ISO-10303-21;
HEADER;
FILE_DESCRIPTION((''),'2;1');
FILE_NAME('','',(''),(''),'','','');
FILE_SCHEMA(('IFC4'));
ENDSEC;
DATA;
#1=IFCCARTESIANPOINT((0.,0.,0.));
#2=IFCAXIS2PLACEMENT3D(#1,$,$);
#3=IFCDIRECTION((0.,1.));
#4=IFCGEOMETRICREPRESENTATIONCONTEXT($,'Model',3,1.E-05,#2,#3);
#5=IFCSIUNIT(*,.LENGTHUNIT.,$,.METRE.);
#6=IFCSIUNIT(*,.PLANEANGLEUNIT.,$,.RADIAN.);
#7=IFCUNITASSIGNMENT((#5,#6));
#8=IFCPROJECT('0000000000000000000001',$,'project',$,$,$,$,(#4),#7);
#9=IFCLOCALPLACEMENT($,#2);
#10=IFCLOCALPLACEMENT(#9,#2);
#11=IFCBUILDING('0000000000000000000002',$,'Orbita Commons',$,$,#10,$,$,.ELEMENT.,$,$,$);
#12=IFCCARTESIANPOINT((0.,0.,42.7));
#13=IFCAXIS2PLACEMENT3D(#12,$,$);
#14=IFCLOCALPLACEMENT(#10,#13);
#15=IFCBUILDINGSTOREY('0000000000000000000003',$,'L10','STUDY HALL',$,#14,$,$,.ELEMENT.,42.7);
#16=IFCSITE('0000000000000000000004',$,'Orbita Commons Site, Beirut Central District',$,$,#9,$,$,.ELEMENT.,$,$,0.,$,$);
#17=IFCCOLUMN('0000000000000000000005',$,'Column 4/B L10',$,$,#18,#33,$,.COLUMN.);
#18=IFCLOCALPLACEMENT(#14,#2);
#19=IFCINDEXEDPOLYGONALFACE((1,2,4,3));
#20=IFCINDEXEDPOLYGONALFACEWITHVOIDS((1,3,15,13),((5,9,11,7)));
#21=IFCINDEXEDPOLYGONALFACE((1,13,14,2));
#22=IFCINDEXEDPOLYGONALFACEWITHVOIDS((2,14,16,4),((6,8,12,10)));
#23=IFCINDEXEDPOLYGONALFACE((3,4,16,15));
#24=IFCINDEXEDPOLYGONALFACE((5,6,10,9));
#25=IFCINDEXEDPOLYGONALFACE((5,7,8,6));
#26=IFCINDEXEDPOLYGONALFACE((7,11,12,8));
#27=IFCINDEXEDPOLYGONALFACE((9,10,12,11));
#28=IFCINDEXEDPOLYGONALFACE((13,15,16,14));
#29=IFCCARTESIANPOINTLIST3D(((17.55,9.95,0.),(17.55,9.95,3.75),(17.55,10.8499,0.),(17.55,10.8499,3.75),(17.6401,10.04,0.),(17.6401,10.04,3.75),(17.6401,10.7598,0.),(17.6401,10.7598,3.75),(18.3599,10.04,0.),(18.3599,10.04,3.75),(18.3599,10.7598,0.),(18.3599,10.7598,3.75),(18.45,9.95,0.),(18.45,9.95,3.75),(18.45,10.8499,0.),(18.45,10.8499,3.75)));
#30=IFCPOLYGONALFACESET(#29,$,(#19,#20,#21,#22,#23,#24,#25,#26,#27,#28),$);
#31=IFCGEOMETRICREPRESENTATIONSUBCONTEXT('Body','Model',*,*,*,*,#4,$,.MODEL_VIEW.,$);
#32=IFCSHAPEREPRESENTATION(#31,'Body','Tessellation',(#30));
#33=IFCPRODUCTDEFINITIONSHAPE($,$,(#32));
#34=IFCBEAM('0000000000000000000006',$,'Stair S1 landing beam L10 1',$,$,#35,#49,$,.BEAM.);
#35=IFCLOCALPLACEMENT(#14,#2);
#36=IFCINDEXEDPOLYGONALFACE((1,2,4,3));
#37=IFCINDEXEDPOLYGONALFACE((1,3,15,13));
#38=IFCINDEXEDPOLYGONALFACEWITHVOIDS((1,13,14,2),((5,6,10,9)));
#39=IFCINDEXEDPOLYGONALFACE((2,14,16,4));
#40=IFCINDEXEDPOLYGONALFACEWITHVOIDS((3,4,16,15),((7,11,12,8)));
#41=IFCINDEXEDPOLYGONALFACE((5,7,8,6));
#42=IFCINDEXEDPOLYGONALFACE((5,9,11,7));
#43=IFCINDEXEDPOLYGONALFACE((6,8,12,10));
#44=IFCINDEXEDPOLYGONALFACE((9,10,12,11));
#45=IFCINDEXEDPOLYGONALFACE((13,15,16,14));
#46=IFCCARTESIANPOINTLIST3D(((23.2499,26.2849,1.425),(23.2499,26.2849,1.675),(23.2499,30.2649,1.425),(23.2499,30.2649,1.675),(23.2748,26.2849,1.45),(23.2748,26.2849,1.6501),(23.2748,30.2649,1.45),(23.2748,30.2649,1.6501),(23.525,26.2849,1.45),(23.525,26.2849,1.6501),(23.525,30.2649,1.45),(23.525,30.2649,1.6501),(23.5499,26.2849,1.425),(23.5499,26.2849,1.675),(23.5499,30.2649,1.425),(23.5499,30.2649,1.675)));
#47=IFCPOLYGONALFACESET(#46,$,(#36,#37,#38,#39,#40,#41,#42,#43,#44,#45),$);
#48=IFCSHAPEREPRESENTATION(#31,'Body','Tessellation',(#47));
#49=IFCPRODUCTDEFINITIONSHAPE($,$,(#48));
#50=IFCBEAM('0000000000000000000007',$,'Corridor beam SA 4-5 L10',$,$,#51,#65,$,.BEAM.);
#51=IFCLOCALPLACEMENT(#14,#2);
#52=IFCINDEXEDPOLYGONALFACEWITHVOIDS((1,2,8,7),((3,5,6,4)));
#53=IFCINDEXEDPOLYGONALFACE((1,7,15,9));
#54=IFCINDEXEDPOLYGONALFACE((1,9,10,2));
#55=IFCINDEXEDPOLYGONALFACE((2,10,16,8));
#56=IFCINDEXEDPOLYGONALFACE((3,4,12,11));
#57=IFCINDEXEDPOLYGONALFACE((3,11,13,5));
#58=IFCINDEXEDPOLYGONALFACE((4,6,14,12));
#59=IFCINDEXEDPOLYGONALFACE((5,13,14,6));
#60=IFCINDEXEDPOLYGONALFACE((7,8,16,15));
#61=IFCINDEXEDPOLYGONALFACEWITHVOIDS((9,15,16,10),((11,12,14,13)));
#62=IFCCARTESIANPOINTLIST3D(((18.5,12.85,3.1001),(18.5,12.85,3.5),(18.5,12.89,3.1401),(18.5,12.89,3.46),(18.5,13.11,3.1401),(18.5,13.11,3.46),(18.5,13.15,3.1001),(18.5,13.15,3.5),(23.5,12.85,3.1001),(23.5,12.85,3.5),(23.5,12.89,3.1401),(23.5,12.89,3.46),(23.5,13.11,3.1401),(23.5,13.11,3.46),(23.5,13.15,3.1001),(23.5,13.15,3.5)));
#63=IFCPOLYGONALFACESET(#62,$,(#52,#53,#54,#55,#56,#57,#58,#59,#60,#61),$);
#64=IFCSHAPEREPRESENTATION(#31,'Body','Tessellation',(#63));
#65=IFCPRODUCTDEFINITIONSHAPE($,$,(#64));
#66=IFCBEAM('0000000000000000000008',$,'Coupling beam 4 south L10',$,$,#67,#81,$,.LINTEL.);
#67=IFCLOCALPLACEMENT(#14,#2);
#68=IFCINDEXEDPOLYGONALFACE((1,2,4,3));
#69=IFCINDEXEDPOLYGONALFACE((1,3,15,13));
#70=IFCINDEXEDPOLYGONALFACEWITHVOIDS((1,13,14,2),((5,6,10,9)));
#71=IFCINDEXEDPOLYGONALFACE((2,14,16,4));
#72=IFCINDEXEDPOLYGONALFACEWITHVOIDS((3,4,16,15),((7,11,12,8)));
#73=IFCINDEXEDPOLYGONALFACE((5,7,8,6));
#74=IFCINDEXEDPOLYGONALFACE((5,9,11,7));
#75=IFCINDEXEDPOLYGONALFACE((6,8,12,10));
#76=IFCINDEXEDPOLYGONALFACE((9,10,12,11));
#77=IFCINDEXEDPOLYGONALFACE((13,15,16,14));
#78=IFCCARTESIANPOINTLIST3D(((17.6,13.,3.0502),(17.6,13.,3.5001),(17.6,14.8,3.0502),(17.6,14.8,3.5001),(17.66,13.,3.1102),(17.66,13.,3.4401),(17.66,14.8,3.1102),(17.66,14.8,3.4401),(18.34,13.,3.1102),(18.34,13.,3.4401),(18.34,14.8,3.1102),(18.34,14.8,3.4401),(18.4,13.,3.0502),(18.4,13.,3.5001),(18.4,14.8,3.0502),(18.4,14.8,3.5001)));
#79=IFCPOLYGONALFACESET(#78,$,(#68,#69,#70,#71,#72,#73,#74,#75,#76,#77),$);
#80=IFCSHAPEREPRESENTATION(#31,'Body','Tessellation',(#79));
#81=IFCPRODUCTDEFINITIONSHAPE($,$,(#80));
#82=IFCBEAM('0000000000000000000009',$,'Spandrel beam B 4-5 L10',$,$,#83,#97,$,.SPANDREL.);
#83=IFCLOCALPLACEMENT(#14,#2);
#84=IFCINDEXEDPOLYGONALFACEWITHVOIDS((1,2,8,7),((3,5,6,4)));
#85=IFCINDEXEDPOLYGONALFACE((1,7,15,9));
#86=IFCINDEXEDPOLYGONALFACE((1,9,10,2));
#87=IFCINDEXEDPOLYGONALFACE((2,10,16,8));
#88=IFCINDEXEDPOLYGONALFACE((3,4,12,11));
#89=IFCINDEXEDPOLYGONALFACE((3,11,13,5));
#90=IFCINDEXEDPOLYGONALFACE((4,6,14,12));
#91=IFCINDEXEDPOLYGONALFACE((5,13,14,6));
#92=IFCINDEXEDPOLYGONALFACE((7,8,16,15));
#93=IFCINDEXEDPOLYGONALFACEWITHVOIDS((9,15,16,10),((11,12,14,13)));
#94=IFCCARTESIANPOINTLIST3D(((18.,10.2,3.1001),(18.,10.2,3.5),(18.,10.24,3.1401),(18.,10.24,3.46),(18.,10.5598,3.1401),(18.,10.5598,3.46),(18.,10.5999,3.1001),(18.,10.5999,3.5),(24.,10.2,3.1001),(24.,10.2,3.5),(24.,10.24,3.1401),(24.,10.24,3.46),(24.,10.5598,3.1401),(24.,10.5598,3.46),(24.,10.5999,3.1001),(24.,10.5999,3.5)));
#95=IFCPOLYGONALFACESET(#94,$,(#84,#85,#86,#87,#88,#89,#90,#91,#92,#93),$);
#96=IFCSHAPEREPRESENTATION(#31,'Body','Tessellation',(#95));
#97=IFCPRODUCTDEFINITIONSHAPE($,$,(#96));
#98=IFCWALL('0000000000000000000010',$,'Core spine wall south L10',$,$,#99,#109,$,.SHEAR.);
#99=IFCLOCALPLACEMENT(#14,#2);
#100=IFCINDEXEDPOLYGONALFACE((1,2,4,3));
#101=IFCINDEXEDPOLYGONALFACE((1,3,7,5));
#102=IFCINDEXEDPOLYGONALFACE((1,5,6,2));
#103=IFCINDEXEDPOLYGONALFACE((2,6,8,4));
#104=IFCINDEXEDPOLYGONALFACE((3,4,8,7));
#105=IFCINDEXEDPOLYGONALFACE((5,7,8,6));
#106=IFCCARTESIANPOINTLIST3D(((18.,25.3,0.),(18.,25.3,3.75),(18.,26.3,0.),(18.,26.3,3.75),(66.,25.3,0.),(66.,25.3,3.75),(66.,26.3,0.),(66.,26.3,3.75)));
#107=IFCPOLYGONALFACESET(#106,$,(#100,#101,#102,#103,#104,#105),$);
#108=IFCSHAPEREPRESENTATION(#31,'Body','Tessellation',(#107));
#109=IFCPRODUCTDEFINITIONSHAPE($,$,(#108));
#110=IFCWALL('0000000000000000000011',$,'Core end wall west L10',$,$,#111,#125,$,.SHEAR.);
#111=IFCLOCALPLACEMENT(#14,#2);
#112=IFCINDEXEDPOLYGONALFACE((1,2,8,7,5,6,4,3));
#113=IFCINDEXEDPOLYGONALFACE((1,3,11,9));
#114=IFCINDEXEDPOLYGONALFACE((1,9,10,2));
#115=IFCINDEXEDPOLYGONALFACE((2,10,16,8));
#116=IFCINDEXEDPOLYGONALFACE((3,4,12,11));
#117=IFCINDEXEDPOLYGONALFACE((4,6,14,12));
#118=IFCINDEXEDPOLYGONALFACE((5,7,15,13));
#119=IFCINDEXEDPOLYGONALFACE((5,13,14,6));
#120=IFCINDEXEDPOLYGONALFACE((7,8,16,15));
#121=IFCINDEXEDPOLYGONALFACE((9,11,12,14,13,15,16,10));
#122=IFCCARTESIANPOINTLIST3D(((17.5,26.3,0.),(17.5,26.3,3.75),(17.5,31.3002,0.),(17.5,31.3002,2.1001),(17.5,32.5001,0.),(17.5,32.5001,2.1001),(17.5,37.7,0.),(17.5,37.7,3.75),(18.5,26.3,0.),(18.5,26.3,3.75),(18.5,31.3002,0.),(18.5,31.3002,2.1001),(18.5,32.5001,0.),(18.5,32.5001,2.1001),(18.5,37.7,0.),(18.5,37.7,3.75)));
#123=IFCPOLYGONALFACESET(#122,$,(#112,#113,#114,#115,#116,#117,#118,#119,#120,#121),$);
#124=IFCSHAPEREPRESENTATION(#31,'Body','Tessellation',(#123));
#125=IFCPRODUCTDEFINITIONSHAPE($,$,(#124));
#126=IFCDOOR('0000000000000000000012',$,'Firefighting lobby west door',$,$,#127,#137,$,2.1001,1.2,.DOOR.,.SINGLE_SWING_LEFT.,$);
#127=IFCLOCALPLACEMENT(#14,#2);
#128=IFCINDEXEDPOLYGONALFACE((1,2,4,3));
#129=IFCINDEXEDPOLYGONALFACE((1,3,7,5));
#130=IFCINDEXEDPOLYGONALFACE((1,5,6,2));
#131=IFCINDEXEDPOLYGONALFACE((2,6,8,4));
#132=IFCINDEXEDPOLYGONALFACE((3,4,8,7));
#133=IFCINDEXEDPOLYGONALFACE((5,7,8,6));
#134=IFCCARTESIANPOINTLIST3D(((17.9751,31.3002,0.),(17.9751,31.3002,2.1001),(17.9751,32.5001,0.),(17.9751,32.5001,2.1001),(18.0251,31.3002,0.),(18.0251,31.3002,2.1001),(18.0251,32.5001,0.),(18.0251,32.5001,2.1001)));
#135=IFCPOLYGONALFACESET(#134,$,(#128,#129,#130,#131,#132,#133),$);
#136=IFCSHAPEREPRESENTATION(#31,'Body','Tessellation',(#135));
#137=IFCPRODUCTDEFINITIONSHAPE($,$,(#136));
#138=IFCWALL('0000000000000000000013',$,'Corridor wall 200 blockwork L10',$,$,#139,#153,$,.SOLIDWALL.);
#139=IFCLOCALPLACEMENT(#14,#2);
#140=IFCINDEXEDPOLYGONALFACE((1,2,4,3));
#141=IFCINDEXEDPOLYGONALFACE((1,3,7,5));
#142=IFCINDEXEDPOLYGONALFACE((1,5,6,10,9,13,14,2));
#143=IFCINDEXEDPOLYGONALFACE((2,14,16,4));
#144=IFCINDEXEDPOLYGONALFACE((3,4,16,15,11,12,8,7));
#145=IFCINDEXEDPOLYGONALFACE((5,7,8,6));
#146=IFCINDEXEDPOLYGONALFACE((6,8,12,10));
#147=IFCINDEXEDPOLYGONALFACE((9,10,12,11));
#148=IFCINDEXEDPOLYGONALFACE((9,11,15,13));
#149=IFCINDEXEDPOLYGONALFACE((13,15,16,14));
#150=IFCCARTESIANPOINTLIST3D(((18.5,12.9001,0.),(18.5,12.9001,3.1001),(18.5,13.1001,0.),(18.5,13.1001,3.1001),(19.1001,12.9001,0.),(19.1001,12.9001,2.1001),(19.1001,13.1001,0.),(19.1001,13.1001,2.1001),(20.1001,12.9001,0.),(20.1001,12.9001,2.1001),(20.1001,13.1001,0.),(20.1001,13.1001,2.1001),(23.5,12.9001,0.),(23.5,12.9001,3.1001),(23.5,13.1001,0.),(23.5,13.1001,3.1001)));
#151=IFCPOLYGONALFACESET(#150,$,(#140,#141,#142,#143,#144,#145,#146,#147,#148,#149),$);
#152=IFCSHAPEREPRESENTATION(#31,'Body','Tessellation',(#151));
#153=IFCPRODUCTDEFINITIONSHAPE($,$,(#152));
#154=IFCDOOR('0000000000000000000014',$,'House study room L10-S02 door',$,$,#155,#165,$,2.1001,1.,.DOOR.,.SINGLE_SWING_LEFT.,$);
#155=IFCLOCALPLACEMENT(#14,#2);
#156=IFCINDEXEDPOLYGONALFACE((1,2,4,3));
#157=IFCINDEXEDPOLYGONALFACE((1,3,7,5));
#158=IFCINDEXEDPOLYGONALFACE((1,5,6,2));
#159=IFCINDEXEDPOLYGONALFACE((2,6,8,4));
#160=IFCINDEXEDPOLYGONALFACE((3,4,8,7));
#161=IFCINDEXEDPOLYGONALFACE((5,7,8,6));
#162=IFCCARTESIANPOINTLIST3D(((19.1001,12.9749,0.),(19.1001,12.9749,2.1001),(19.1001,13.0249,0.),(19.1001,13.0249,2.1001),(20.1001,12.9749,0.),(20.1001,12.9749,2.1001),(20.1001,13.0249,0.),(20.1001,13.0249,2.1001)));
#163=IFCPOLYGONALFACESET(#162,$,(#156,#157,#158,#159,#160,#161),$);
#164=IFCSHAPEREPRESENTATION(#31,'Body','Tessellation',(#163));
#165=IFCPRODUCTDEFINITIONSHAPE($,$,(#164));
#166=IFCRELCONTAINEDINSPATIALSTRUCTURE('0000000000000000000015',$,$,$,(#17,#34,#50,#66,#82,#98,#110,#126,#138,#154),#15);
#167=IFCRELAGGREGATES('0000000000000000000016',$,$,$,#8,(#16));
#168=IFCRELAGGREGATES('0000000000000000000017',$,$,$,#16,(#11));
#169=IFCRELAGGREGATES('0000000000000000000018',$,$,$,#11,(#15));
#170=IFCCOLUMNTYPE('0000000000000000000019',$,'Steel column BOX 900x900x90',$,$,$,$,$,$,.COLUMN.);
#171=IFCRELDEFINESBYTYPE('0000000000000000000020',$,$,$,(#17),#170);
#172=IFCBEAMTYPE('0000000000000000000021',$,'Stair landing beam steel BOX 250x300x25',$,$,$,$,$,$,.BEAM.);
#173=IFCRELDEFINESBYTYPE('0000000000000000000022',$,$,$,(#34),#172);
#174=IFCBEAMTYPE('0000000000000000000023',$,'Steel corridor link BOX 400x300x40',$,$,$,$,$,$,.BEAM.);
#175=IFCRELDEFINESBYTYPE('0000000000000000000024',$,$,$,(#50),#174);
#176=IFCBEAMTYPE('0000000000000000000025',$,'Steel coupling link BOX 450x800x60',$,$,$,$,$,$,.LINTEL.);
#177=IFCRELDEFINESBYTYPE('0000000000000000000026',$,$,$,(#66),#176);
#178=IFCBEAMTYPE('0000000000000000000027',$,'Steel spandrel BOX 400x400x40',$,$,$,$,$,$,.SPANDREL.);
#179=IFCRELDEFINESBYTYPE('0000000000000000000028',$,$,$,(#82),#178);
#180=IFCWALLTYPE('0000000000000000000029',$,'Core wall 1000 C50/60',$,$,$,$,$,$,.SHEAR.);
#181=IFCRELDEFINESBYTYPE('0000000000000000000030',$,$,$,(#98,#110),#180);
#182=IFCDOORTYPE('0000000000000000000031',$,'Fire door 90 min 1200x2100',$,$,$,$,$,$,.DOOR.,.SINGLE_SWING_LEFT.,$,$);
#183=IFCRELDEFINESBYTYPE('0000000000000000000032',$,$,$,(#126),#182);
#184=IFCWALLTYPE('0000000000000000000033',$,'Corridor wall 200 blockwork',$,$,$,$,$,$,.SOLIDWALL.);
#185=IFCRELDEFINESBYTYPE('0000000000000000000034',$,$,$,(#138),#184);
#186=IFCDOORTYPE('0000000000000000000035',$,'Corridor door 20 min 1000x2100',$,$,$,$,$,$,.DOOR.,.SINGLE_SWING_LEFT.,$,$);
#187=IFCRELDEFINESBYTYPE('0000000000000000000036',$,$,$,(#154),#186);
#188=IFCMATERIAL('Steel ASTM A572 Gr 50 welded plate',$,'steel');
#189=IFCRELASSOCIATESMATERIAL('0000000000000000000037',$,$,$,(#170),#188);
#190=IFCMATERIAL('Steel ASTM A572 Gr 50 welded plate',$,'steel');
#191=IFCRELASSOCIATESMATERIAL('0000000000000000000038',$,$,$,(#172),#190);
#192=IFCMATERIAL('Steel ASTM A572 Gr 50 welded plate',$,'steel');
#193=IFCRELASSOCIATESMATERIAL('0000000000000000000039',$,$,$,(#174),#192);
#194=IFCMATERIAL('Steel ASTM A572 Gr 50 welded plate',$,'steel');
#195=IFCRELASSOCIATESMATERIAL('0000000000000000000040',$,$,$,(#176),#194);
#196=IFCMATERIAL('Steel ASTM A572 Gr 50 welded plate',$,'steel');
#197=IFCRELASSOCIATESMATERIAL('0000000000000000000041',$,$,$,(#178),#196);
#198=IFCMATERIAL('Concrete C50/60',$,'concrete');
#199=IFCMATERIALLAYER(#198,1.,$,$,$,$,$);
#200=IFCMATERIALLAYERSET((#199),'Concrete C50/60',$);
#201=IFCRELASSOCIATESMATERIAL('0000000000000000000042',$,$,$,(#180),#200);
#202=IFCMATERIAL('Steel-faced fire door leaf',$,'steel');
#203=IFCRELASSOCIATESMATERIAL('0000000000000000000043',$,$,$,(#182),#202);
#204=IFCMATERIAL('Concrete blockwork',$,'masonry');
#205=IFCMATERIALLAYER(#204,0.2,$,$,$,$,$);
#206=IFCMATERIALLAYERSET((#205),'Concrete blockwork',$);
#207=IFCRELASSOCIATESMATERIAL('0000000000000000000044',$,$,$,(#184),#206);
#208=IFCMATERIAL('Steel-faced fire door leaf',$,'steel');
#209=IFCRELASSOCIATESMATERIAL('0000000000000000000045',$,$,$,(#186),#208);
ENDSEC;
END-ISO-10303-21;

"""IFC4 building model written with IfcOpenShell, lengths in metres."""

from ifc_helpers import new_model, si_unit, direction, frame, frame_2d, origin, origin_2d, place, context, subcontext, project, spatial, polyline, rectangle, hollow_rectangle, outline, extrude, material, layer, layer_set, material_profile, profile_set, type_object, element, fill, save


model = new_model("IFC4")

# Units and contexts
model_context = context("Model", 3, precision=1e-05, world=origin(), true_north=direction((0.0, 1.0)))
body_context = subcontext(model_context, "Body", "Model", "MODEL_VIEW")
ifc_project = project(units=[si_unit("LENGTHUNIT", "METRE"), si_unit("PLANEANGLEUNIT", "RADIAN")], contexts=[model_context])

# Site, building, storey
site_placement = place(None, origin())
site = spatial("IfcSite", under=ifc_project, at=site_placement, Name="Orbita Commons Site, Beirut Central District", CompositionType="ELEMENT", RefElevation=0.0)
building_placement = place(site_placement, origin())
building = spatial("IfcBuilding", under=site, at=building_placement, Name="Orbita Commons", CompositionType="ELEMENT")
storey_placement = place(building_placement, frame((0.0, 0.0, 42.7)))
storey = spatial("IfcBuildingStorey", under=building, at=storey_placement, Name="L10", Description="STUDY HALL", CompositionType="ELEMENT", Elevation=42.7)

# Column
ifc_material_1 = material(Name="Steel ASTM A572 Gr 50 welded plate", Category="steel")
ifc_material_profile_1 = material_profile(ifc_material_1, hollow_rectangle(XDim=0.8999, YDim=0.8999, WallThickness=0.0901, at=origin_2d()), Name="BOX 900x900x90")
ifc_profile_set_1 = profile_set([ifc_material_profile_1], Name="Steel ASTM A572 Gr 50 welded plate")
column_type = type_object("IfcColumnType", Name="Steel column BOX 900x900x90", PredefinedType="COLUMN", material=ifc_profile_set_1)
column_placement = place(storey_placement, frame((18.0, 10.3999, 0.0), z_axis=(0.0, 0.0, 1.0), x_axis=(1.0, 0.0, 0.0)))
element("IfcColumn", 1, at=column_placement, inside=storey, type_object=column_type, Name="Column 4/B L10", PredefinedType="COLUMN", context=body_context, shape_type="SweptSolid", body=[
    extrude(hollow_rectangle(XDim=0.8999, YDim=0.8999, WallThickness=0.0901, at=origin_2d()), origin(), (0.0, 0.0, 1.0), 3.75),
])

# Beams
ifc_material_2 = material(Name="Steel ASTM A572 Gr 50 welded plate", Category="steel")
ifc_material_profile_2 = material_profile(ifc_material_2, hollow_rectangle(XDim=0.3, YDim=0.25, WallThickness=0.0249, at=origin_2d()), Name="BOX 250x300x25")
ifc_profile_set_2 = profile_set([ifc_material_profile_2], Name="Steel ASTM A572 Gr 50 welded plate")
beam_type_1 = type_object("IfcBeamType", Name="Stair landing beam steel BOX 250x300x25", PredefinedType="BEAM", material=ifc_profile_set_2)
beam_1_placement = place(storey_placement, frame((23.3999, 26.2849, 1.55), z_axis=(0.0, 1.0, 0.0), x_axis=(-1.0, 0.0, 0.0)))
element("IfcBeam", 2, at=beam_1_placement, inside=storey, type_object=beam_type_1, Name="Stair S1 landing beam L10 1", PredefinedType="BEAM", context=body_context, shape_type="SweptSolid", body=[
    extrude(hollow_rectangle(XDim=0.3, YDim=0.25, WallThickness=0.0249, at=origin_2d()), origin(), (0.0, 0.0, 1.0), 3.98),
])
ifc_material_3 = material(Name="Steel ASTM A572 Gr 50 welded plate", Category="steel")
ifc_material_profile_3 = material_profile(ifc_material_3, hollow_rectangle(XDim=0.3, YDim=0.3999, WallThickness=0.04, at=origin_2d()), Name="BOX 400x300x40")
ifc_profile_set_3 = profile_set([ifc_material_profile_3], Name="Steel ASTM A572 Gr 50 welded plate")
beam_type_2 = type_object("IfcBeamType", Name="Steel corridor link BOX 400x300x40", PredefinedType="BEAM", material=ifc_profile_set_3)
beam_2_placement = place(storey_placement, frame((18.5, 13.0, 3.3), z_axis=(1.0, 0.0, 0.0), x_axis=(0.0, 1.0, 0.0)))
element("IfcBeam", 3, at=beam_2_placement, inside=storey, type_object=beam_type_2, Name="Corridor beam SA 4-5 L10", PredefinedType="BEAM", context=body_context, shape_type="SweptSolid", body=[
    extrude(hollow_rectangle(XDim=0.3, YDim=0.3999, WallThickness=0.04, at=origin_2d()), origin(), (0.0, 0.0, 1.0), 5.0),
])
ifc_material_4 = material(Name="Steel ASTM A572 Gr 50 welded plate", Category="steel")
ifc_material_profile_4 = material_profile(ifc_material_4, hollow_rectangle(XDim=0.8, YDim=0.45, WallThickness=0.0601, at=origin_2d()), Name="BOX 450x800x60")
ifc_profile_set_4 = profile_set([ifc_material_profile_4], Name="Steel ASTM A572 Gr 50 welded plate")
beam_type_3 = type_object("IfcBeamType", Name="Steel coupling link BOX 450x800x60", PredefinedType="LINTEL", material=ifc_profile_set_4)
beam_3_placement = place(storey_placement, frame((18.0, 13.0, 3.2751), z_axis=(0.0, 1.0, 0.0), x_axis=(-1.0, 0.0, 0.0)))
element("IfcBeam", 4, at=beam_3_placement, inside=storey, type_object=beam_type_3, Name="Coupling beam 4 south L10", PredefinedType="LINTEL", context=body_context, shape_type="SweptSolid", body=[
    extrude(hollow_rectangle(XDim=0.8, YDim=0.45, WallThickness=0.0601, at=origin_2d()), origin(), (0.0, 0.0, 1.0), 1.8),
])
ifc_material_5 = material(Name="Steel ASTM A572 Gr 50 welded plate", Category="steel")
ifc_material_profile_5 = material_profile(ifc_material_5, hollow_rectangle(XDim=0.3999, YDim=0.3999, WallThickness=0.04, at=origin_2d()), Name="BOX 400x400x40")
ifc_profile_set_5 = profile_set([ifc_material_profile_5], Name="Steel ASTM A572 Gr 50 welded plate")
beam_type_4 = type_object("IfcBeamType", Name="Steel spandrel BOX 400x400x40", PredefinedType="SPANDREL", material=ifc_profile_set_5)
beam_4_placement = place(storey_placement, frame((18.0, 10.3999, 3.3), z_axis=(1.0, 0.0, 0.0), x_axis=(0.0, 1.0, 0.0)))
element("IfcBeam", 5, at=beam_4_placement, inside=storey, type_object=beam_type_4, Name="Spandrel beam B 4-5 L10", PredefinedType="SPANDREL", context=body_context, shape_type="SweptSolid", body=[
    extrude(hollow_rectangle(XDim=0.3999, YDim=0.3999, WallThickness=0.04, at=origin_2d()), origin(), (0.0, 0.0, 1.0), 6.0),
])

# Wall
ifc_material_6 = material(Name="Concrete C50/60", Category="concrete")
ifc_layer_1 = layer(ifc_material_6, 1.0)
ifc_layer_set_1 = layer_set([ifc_layer_1], Name="Concrete C50/60")
wall_type_1 = type_object("IfcWallType", Name="Core wall 1000 C50/60", PredefinedType="SHEAR", material=ifc_layer_set_1)
wall_1_placement = place(storey_placement, frame((18.0, 25.8, 0.0), z_axis=(0.0, 0.0, 1.0), x_axis=(1.0, 0.0, 0.0)))
element("IfcWall", 6, at=wall_1_placement, inside=storey, type_object=wall_type_1, Name="Core spine wall south L10", PredefinedType="SHEAR", context=body_context, shape_type="SweptSolid", body=[
    extrude(rectangle(XDim=48.0, YDim=1.0, at=frame_2d((24.0, 0.0))), origin(), (0.0, 0.0, 1.0), 3.75),
])

# Walls, openings, doors
wall_2_placement = place(storey_placement, frame((18.0, 26.3, 0.0), z_axis=(0.0, 0.0, 1.0), x_axis=(0.0, 1.0, 0.0)))
wall_2 = element("IfcWall", 7, at=wall_2_placement, inside=storey, type_object=wall_type_1, Name="Core end wall west L10", PredefinedType="SHEAR", context=body_context, shape_type="SweptSolid", body=[
    extrude(rectangle(XDim=11.3999, YDim=1.0, at=frame_2d((5.7, 0.0))), origin(), (0.0, 0.0, 1.0), 3.75),
])
opening_1_placement = place(wall_2_placement, frame((5.0, 0.0, 0.0)))
opening_1 = element("IfcOpeningElement", 8, at=opening_1_placement, cuts=wall_2, PredefinedType="OPENING", context=body_context, shape_type="SweptSolid", body=[
    extrude(rectangle(XDim=1.2, YDim=2.1001, at=frame_2d((0.6001, 1.05))), frame((0.0, 0.51, 0.0), z_axis=(0.0, -1.0, 0.0), x_axis=(1.0, 0.0, 0.0)), (0.0, 0.0, 1.0), 1.02),
])
ifc_material_7 = material(Name="Steel-faced fire door leaf", Category="steel")
door_type_1 = type_object("IfcDoorType", Name="Fire door 90 min 1200x2100", OperationType="SINGLE_SWING_LEFT", PredefinedType="DOOR", material=ifc_material_7)
door_1_placement = place(opening_1_placement, origin())
door_1 = element("IfcDoor", 9, at=door_1_placement, inside=storey, type_object=door_type_1, Name="Firefighting lobby west door", OperationType="SINGLE_SWING_LEFT", OverallHeight=2.1001, OverallWidth=1.2, PredefinedType="DOOR", context=body_context, shape_type="SweptSolid", body=[
    extrude(rectangle(XDim=1.2, YDim=2.1001, at=frame_2d((0.6001, 1.05))), frame((0.0, 0.0249, 0.0), z_axis=(0.0, -1.0, 0.0), x_axis=(1.0, 0.0, 0.0)), (0.0, 0.0, 1.0), 0.05),
])
fill(opening_1, door_1)
ifc_material_8 = material(Name="Concrete blockwork", Category="masonry")
ifc_layer_2 = layer(ifc_material_8, 0.2)
ifc_layer_set_2 = layer_set([ifc_layer_2], Name="Concrete blockwork")
wall_type_2 = type_object("IfcWallType", Name="Corridor wall 200 blockwork", PredefinedType="SOLIDWALL", material=ifc_layer_set_2)
wall_3_placement = place(storey_placement, frame((18.5, 13.0, 0.0), z_axis=(0.0, 0.0, 1.0), x_axis=(1.0, 0.0, 0.0)))
wall_3 = element("IfcWall", 10, at=wall_3_placement, inside=storey, type_object=wall_type_2, Name="Corridor wall 200 blockwork L10", PredefinedType="SOLIDWALL", context=body_context, shape_type="SweptSolid", body=[
    extrude(outline(polyline([(0.0, 0.0), (5.0, 0.0), (5.0, 3.1001), (0.0, 3.1001), (0.0, 0.0)])), frame((0.0, 0.1001, 0.0), z_axis=(0.0, -1.0, 0.0), x_axis=(1.0, 0.0, 0.0)), (0.0, 0.0, 1.0), 0.2),
])
opening_2_placement = place(wall_3_placement, frame((0.6001, 0.0, 0.0)))
opening_2 = element("IfcOpeningElement", 11, at=opening_2_placement, cuts=wall_3, PredefinedType="OPENING", context=body_context, shape_type="SweptSolid", body=[
    extrude(rectangle(XDim=1.0, YDim=2.1001, at=frame_2d((0.5, 1.05))), frame((0.0, 0.1099, 0.0), z_axis=(0.0, -1.0, 0.0), x_axis=(1.0, 0.0, 0.0)), (0.0, 0.0, 1.0), 0.22),
])
ifc_material_9 = material(Name="Steel-faced fire door leaf", Category="steel")
door_type_2 = type_object("IfcDoorType", Name="Corridor door 20 min 1000x2100", OperationType="SINGLE_SWING_LEFT", PredefinedType="DOOR", material=ifc_material_9)
door_2_placement = place(opening_2_placement, origin())
door_2 = element("IfcDoor", 12, at=door_2_placement, inside=storey, type_object=door_type_2, Name="House study room L10-S02 door", OperationType="SINGLE_SWING_LEFT", OverallHeight=2.1001, OverallWidth=1.0, PredefinedType="DOOR", context=body_context, shape_type="SweptSolid", body=[
    extrude(rectangle(XDim=1.0, YDim=2.1001, at=frame_2d((0.5, 1.05))), frame((0.0, 0.0249, 0.0), z_axis=(0.0, -1.0, 0.0), x_axis=(1.0, 0.0, 0.0)), (0.0, 0.0, 1.0), 0.05),
])
fill(opening_2, door_2)

save(model, "model.ifc")
